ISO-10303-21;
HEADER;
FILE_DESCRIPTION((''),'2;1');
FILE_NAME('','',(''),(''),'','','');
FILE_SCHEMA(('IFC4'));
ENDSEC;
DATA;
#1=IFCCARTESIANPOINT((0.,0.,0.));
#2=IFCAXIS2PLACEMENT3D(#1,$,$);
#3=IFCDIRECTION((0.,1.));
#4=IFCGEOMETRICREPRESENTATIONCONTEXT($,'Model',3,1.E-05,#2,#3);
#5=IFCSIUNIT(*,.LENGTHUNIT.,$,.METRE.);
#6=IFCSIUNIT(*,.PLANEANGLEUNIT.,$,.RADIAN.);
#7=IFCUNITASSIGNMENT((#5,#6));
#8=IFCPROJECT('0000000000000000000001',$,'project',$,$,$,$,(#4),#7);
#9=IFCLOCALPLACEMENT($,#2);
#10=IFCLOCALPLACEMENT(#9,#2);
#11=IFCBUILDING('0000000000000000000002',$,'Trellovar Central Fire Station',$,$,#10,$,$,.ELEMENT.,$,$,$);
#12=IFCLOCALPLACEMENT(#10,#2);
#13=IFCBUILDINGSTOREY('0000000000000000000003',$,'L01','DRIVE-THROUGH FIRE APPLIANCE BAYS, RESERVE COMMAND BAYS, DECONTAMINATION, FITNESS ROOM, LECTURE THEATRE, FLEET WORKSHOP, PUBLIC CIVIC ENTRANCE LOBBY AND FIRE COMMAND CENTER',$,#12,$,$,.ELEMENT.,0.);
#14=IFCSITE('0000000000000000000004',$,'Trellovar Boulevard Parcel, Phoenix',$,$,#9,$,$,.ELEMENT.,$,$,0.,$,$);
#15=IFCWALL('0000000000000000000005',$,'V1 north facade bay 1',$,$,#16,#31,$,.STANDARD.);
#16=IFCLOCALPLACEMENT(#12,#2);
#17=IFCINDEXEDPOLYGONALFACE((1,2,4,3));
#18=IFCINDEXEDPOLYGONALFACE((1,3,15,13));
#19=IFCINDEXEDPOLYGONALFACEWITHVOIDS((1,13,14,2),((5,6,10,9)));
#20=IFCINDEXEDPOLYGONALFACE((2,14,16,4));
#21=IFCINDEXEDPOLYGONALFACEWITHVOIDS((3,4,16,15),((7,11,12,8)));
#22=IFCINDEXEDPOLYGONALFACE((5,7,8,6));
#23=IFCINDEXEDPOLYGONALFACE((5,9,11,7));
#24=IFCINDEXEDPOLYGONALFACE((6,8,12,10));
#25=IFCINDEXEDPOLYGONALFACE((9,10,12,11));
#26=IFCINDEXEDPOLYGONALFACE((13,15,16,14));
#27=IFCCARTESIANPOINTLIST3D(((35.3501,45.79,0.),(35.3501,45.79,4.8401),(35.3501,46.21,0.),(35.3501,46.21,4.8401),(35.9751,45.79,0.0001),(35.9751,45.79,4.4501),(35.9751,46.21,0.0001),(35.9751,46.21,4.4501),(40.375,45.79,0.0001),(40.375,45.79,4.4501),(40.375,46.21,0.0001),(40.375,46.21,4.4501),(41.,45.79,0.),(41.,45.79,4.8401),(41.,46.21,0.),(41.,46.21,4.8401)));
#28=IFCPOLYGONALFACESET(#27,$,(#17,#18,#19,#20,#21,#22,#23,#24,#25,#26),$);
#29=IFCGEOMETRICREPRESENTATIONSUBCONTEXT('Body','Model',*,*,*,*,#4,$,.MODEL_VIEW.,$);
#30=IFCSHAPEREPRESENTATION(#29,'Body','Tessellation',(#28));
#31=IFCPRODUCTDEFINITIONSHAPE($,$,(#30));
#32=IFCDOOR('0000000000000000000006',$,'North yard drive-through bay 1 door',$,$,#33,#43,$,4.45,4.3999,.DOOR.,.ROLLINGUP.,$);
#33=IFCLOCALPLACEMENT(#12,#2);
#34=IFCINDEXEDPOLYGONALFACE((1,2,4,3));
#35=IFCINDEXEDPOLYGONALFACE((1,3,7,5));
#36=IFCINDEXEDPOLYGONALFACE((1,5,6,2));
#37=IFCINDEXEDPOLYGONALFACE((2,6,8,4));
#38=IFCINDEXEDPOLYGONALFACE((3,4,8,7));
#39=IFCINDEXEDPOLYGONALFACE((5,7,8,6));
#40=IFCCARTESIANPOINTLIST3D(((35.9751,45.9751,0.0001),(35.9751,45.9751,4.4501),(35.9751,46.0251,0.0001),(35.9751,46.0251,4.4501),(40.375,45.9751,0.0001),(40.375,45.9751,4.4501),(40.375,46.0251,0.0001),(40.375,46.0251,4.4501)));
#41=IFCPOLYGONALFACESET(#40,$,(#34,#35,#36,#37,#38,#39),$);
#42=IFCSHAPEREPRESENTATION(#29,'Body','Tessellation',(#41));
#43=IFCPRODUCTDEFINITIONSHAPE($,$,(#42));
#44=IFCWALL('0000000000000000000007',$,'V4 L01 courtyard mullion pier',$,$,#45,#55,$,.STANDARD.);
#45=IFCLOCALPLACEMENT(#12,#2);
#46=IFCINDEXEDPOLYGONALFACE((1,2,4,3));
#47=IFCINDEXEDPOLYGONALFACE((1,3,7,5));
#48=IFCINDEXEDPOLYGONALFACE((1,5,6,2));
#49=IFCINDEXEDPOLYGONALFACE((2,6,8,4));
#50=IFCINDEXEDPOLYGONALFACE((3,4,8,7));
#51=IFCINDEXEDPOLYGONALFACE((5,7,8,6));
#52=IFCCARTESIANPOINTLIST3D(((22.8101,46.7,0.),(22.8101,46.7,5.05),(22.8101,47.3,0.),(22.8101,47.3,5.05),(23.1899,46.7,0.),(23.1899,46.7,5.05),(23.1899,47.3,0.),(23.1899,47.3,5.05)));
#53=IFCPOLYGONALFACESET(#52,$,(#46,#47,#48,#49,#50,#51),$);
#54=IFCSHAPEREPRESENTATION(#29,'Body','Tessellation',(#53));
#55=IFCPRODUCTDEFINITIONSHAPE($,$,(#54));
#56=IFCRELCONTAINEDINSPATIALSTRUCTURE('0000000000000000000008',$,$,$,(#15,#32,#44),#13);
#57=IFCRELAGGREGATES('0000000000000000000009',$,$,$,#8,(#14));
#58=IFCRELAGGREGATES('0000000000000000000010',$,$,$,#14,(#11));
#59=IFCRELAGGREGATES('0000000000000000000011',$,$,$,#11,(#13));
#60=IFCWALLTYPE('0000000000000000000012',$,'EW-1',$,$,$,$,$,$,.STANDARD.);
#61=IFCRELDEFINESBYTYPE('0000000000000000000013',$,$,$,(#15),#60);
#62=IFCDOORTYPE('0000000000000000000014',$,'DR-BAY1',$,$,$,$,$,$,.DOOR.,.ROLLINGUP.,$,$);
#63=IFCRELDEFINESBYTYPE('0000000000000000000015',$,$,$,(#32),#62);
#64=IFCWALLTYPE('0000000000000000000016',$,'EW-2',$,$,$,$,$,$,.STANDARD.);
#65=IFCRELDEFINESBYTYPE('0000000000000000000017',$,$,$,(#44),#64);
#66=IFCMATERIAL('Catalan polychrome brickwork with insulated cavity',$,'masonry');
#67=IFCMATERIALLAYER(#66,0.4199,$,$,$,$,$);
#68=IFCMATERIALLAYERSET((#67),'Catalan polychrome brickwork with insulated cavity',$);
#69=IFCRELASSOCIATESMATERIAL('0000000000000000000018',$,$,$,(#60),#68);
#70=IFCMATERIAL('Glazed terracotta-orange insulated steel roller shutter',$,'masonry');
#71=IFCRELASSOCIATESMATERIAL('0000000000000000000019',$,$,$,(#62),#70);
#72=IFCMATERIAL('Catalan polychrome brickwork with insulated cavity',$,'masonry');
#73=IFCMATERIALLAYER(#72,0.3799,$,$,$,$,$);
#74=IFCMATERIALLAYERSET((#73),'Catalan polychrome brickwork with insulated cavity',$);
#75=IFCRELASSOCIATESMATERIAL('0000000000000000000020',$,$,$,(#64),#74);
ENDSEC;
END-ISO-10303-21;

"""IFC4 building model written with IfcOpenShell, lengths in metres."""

from ifc_helpers import new_model, si_unit, direction, frame, frame_2d, origin, place, context, subcontext, project, spatial, rectangle, extrude, material, layer, layer_set, type_object, element, fill, save


model = new_model("IFC4")

# Units and contexts
model_context = context("Model", 3, precision=1e-05, world=origin(), true_north=direction((0.0, 1.0)))
body_context = subcontext(model_context, "Body", "Model", "MODEL_VIEW")
ifc_project = project(units=[si_unit("LENGTHUNIT", "METRE"), si_unit("PLANEANGLEUNIT", "RADIAN")], contexts=[model_context])

# Site, building, storey
site_placement = place(None, origin())
site = spatial("IfcSite", under=ifc_project, at=site_placement, Name="Trellovar Boulevard Parcel, Phoenix", CompositionType="ELEMENT", RefElevation=0.0)
building_placement = place(site_placement, origin())
building = spatial("IfcBuilding", under=site, at=building_placement, Name="Trellovar Central Fire Station", CompositionType="ELEMENT")
storey_placement = place(building_placement, origin())
storey = spatial("IfcBuildingStorey", under=building, at=storey_placement, Name="L01", Description="DRIVE-THROUGH FIRE APPLIANCE BAYS, RESERVE COMMAND BAYS, DECONTAMINATION, FITNESS ROOM, LECTURE THEATRE, FLEET WORKSHOP, PUBLIC CIVIC ENTRANCE LOBBY AND FIRE COMMAND CENTER", CompositionType="ELEMENT", Elevation=0.0)

# Wall, opening, door
ifc_material_1 = material(Name="Catalan polychrome brickwork with insulated cavity", Category="masonry")
ifc_layer_1 = layer(ifc_material_1, 0.4199)
ifc_layer_set_1 = layer_set([ifc_layer_1], Name="Catalan polychrome brickwork with insulated cavity")
wall_type_1 = type_object("IfcWallType", Name="EW-1", PredefinedType="STANDARD", material=ifc_layer_set_1)
wall_1_placement = place(storey_placement, frame((41.0, 46.0, 0.0), z_axis=(0.0, 0.0, 1.0), x_axis=(-1.0, 0.0, 0.0)))
wall_1 = element("IfcWall", 1, at=wall_1_placement, inside=storey, type_object=wall_type_1, Name="V1 north facade bay 1", PredefinedType="STANDARD", context=body_context, shape_type="SweptSolid", body=[
    extrude(rectangle(XDim=5.6499, YDim=0.4199, at=frame_2d((2.825, 0.0))), origin(), (0.0, 0.0, 1.0), 4.8401),
])
opening_placement = place(wall_1_placement, frame((0.625, 0.0, 0.0)))
opening = element("IfcOpeningElement", 2, at=opening_placement, cuts=wall_1, PredefinedType="OPENING", context=body_context, shape_type="SweptSolid", body=[
    extrude(rectangle(XDim=4.3999, YDim=4.45, at=frame_2d((2.2, 2.2251))), frame((0.0, 0.22, 0.0), z_axis=(0.0, -1.0, 0.0), x_axis=(1.0, 0.0, 0.0)), (0.0, 0.0, 1.0), 0.4399),
])
ifc_material_2 = material(Name="Glazed terracotta-orange insulated steel roller shutter", Category="masonry")
door_type = type_object("IfcDoorType", Name="DR-BAY1", OperationType="ROLLINGUP", PredefinedType="DOOR", material=ifc_material_2)
door_placement = place(opening_placement, origin())
door = element("IfcDoor", 3, at=door_placement, inside=storey, type_object=door_type, Name="North yard drive-through bay 1 door", OperationType="ROLLINGUP", OverallHeight=4.45, OverallWidth=4.3999, PredefinedType="DOOR", context=body_context, shape_type="SweptSolid", body=[
    extrude(rectangle(XDim=4.3999, YDim=4.45, at=frame_2d((2.2, 2.2251))), frame((0.0, 0.0249, 0.0), z_axis=(0.0, -1.0, 0.0), x_axis=(1.0, 0.0, 0.0)), (0.0, 0.0, 1.0), 0.05),
])
fill(opening, door)

# Wall
ifc_material_3 = material(Name="Catalan polychrome brickwork with insulated cavity", Category="masonry")
ifc_layer_2 = layer(ifc_material_3, 0.3799)
ifc_layer_set_2 = layer_set([ifc_layer_2], Name="Catalan polychrome brickwork with insulated cavity")
wall_type_2 = type_object("IfcWallType", Name="EW-2", PredefinedType="STANDARD", material=ifc_layer_set_2)
wall_2_placement = place(storey_placement, frame((23.0, 46.7, 0.0), z_axis=(0.0, 0.0, 1.0), x_axis=(0.0, 1.0, 0.0)))
element("IfcWall", 4, at=wall_2_placement, inside=storey, type_object=wall_type_2, Name="V4 L01 courtyard mullion pier", PredefinedType="STANDARD", context=body_context, shape_type="SweptSolid", body=[
    extrude(rectangle(XDim=0.6001, YDim=0.3799, at=frame_2d((0.3, 0.0))), origin(), (0.0, 0.0, 1.0), 5.05),
])

save(model, "model.ifc")
